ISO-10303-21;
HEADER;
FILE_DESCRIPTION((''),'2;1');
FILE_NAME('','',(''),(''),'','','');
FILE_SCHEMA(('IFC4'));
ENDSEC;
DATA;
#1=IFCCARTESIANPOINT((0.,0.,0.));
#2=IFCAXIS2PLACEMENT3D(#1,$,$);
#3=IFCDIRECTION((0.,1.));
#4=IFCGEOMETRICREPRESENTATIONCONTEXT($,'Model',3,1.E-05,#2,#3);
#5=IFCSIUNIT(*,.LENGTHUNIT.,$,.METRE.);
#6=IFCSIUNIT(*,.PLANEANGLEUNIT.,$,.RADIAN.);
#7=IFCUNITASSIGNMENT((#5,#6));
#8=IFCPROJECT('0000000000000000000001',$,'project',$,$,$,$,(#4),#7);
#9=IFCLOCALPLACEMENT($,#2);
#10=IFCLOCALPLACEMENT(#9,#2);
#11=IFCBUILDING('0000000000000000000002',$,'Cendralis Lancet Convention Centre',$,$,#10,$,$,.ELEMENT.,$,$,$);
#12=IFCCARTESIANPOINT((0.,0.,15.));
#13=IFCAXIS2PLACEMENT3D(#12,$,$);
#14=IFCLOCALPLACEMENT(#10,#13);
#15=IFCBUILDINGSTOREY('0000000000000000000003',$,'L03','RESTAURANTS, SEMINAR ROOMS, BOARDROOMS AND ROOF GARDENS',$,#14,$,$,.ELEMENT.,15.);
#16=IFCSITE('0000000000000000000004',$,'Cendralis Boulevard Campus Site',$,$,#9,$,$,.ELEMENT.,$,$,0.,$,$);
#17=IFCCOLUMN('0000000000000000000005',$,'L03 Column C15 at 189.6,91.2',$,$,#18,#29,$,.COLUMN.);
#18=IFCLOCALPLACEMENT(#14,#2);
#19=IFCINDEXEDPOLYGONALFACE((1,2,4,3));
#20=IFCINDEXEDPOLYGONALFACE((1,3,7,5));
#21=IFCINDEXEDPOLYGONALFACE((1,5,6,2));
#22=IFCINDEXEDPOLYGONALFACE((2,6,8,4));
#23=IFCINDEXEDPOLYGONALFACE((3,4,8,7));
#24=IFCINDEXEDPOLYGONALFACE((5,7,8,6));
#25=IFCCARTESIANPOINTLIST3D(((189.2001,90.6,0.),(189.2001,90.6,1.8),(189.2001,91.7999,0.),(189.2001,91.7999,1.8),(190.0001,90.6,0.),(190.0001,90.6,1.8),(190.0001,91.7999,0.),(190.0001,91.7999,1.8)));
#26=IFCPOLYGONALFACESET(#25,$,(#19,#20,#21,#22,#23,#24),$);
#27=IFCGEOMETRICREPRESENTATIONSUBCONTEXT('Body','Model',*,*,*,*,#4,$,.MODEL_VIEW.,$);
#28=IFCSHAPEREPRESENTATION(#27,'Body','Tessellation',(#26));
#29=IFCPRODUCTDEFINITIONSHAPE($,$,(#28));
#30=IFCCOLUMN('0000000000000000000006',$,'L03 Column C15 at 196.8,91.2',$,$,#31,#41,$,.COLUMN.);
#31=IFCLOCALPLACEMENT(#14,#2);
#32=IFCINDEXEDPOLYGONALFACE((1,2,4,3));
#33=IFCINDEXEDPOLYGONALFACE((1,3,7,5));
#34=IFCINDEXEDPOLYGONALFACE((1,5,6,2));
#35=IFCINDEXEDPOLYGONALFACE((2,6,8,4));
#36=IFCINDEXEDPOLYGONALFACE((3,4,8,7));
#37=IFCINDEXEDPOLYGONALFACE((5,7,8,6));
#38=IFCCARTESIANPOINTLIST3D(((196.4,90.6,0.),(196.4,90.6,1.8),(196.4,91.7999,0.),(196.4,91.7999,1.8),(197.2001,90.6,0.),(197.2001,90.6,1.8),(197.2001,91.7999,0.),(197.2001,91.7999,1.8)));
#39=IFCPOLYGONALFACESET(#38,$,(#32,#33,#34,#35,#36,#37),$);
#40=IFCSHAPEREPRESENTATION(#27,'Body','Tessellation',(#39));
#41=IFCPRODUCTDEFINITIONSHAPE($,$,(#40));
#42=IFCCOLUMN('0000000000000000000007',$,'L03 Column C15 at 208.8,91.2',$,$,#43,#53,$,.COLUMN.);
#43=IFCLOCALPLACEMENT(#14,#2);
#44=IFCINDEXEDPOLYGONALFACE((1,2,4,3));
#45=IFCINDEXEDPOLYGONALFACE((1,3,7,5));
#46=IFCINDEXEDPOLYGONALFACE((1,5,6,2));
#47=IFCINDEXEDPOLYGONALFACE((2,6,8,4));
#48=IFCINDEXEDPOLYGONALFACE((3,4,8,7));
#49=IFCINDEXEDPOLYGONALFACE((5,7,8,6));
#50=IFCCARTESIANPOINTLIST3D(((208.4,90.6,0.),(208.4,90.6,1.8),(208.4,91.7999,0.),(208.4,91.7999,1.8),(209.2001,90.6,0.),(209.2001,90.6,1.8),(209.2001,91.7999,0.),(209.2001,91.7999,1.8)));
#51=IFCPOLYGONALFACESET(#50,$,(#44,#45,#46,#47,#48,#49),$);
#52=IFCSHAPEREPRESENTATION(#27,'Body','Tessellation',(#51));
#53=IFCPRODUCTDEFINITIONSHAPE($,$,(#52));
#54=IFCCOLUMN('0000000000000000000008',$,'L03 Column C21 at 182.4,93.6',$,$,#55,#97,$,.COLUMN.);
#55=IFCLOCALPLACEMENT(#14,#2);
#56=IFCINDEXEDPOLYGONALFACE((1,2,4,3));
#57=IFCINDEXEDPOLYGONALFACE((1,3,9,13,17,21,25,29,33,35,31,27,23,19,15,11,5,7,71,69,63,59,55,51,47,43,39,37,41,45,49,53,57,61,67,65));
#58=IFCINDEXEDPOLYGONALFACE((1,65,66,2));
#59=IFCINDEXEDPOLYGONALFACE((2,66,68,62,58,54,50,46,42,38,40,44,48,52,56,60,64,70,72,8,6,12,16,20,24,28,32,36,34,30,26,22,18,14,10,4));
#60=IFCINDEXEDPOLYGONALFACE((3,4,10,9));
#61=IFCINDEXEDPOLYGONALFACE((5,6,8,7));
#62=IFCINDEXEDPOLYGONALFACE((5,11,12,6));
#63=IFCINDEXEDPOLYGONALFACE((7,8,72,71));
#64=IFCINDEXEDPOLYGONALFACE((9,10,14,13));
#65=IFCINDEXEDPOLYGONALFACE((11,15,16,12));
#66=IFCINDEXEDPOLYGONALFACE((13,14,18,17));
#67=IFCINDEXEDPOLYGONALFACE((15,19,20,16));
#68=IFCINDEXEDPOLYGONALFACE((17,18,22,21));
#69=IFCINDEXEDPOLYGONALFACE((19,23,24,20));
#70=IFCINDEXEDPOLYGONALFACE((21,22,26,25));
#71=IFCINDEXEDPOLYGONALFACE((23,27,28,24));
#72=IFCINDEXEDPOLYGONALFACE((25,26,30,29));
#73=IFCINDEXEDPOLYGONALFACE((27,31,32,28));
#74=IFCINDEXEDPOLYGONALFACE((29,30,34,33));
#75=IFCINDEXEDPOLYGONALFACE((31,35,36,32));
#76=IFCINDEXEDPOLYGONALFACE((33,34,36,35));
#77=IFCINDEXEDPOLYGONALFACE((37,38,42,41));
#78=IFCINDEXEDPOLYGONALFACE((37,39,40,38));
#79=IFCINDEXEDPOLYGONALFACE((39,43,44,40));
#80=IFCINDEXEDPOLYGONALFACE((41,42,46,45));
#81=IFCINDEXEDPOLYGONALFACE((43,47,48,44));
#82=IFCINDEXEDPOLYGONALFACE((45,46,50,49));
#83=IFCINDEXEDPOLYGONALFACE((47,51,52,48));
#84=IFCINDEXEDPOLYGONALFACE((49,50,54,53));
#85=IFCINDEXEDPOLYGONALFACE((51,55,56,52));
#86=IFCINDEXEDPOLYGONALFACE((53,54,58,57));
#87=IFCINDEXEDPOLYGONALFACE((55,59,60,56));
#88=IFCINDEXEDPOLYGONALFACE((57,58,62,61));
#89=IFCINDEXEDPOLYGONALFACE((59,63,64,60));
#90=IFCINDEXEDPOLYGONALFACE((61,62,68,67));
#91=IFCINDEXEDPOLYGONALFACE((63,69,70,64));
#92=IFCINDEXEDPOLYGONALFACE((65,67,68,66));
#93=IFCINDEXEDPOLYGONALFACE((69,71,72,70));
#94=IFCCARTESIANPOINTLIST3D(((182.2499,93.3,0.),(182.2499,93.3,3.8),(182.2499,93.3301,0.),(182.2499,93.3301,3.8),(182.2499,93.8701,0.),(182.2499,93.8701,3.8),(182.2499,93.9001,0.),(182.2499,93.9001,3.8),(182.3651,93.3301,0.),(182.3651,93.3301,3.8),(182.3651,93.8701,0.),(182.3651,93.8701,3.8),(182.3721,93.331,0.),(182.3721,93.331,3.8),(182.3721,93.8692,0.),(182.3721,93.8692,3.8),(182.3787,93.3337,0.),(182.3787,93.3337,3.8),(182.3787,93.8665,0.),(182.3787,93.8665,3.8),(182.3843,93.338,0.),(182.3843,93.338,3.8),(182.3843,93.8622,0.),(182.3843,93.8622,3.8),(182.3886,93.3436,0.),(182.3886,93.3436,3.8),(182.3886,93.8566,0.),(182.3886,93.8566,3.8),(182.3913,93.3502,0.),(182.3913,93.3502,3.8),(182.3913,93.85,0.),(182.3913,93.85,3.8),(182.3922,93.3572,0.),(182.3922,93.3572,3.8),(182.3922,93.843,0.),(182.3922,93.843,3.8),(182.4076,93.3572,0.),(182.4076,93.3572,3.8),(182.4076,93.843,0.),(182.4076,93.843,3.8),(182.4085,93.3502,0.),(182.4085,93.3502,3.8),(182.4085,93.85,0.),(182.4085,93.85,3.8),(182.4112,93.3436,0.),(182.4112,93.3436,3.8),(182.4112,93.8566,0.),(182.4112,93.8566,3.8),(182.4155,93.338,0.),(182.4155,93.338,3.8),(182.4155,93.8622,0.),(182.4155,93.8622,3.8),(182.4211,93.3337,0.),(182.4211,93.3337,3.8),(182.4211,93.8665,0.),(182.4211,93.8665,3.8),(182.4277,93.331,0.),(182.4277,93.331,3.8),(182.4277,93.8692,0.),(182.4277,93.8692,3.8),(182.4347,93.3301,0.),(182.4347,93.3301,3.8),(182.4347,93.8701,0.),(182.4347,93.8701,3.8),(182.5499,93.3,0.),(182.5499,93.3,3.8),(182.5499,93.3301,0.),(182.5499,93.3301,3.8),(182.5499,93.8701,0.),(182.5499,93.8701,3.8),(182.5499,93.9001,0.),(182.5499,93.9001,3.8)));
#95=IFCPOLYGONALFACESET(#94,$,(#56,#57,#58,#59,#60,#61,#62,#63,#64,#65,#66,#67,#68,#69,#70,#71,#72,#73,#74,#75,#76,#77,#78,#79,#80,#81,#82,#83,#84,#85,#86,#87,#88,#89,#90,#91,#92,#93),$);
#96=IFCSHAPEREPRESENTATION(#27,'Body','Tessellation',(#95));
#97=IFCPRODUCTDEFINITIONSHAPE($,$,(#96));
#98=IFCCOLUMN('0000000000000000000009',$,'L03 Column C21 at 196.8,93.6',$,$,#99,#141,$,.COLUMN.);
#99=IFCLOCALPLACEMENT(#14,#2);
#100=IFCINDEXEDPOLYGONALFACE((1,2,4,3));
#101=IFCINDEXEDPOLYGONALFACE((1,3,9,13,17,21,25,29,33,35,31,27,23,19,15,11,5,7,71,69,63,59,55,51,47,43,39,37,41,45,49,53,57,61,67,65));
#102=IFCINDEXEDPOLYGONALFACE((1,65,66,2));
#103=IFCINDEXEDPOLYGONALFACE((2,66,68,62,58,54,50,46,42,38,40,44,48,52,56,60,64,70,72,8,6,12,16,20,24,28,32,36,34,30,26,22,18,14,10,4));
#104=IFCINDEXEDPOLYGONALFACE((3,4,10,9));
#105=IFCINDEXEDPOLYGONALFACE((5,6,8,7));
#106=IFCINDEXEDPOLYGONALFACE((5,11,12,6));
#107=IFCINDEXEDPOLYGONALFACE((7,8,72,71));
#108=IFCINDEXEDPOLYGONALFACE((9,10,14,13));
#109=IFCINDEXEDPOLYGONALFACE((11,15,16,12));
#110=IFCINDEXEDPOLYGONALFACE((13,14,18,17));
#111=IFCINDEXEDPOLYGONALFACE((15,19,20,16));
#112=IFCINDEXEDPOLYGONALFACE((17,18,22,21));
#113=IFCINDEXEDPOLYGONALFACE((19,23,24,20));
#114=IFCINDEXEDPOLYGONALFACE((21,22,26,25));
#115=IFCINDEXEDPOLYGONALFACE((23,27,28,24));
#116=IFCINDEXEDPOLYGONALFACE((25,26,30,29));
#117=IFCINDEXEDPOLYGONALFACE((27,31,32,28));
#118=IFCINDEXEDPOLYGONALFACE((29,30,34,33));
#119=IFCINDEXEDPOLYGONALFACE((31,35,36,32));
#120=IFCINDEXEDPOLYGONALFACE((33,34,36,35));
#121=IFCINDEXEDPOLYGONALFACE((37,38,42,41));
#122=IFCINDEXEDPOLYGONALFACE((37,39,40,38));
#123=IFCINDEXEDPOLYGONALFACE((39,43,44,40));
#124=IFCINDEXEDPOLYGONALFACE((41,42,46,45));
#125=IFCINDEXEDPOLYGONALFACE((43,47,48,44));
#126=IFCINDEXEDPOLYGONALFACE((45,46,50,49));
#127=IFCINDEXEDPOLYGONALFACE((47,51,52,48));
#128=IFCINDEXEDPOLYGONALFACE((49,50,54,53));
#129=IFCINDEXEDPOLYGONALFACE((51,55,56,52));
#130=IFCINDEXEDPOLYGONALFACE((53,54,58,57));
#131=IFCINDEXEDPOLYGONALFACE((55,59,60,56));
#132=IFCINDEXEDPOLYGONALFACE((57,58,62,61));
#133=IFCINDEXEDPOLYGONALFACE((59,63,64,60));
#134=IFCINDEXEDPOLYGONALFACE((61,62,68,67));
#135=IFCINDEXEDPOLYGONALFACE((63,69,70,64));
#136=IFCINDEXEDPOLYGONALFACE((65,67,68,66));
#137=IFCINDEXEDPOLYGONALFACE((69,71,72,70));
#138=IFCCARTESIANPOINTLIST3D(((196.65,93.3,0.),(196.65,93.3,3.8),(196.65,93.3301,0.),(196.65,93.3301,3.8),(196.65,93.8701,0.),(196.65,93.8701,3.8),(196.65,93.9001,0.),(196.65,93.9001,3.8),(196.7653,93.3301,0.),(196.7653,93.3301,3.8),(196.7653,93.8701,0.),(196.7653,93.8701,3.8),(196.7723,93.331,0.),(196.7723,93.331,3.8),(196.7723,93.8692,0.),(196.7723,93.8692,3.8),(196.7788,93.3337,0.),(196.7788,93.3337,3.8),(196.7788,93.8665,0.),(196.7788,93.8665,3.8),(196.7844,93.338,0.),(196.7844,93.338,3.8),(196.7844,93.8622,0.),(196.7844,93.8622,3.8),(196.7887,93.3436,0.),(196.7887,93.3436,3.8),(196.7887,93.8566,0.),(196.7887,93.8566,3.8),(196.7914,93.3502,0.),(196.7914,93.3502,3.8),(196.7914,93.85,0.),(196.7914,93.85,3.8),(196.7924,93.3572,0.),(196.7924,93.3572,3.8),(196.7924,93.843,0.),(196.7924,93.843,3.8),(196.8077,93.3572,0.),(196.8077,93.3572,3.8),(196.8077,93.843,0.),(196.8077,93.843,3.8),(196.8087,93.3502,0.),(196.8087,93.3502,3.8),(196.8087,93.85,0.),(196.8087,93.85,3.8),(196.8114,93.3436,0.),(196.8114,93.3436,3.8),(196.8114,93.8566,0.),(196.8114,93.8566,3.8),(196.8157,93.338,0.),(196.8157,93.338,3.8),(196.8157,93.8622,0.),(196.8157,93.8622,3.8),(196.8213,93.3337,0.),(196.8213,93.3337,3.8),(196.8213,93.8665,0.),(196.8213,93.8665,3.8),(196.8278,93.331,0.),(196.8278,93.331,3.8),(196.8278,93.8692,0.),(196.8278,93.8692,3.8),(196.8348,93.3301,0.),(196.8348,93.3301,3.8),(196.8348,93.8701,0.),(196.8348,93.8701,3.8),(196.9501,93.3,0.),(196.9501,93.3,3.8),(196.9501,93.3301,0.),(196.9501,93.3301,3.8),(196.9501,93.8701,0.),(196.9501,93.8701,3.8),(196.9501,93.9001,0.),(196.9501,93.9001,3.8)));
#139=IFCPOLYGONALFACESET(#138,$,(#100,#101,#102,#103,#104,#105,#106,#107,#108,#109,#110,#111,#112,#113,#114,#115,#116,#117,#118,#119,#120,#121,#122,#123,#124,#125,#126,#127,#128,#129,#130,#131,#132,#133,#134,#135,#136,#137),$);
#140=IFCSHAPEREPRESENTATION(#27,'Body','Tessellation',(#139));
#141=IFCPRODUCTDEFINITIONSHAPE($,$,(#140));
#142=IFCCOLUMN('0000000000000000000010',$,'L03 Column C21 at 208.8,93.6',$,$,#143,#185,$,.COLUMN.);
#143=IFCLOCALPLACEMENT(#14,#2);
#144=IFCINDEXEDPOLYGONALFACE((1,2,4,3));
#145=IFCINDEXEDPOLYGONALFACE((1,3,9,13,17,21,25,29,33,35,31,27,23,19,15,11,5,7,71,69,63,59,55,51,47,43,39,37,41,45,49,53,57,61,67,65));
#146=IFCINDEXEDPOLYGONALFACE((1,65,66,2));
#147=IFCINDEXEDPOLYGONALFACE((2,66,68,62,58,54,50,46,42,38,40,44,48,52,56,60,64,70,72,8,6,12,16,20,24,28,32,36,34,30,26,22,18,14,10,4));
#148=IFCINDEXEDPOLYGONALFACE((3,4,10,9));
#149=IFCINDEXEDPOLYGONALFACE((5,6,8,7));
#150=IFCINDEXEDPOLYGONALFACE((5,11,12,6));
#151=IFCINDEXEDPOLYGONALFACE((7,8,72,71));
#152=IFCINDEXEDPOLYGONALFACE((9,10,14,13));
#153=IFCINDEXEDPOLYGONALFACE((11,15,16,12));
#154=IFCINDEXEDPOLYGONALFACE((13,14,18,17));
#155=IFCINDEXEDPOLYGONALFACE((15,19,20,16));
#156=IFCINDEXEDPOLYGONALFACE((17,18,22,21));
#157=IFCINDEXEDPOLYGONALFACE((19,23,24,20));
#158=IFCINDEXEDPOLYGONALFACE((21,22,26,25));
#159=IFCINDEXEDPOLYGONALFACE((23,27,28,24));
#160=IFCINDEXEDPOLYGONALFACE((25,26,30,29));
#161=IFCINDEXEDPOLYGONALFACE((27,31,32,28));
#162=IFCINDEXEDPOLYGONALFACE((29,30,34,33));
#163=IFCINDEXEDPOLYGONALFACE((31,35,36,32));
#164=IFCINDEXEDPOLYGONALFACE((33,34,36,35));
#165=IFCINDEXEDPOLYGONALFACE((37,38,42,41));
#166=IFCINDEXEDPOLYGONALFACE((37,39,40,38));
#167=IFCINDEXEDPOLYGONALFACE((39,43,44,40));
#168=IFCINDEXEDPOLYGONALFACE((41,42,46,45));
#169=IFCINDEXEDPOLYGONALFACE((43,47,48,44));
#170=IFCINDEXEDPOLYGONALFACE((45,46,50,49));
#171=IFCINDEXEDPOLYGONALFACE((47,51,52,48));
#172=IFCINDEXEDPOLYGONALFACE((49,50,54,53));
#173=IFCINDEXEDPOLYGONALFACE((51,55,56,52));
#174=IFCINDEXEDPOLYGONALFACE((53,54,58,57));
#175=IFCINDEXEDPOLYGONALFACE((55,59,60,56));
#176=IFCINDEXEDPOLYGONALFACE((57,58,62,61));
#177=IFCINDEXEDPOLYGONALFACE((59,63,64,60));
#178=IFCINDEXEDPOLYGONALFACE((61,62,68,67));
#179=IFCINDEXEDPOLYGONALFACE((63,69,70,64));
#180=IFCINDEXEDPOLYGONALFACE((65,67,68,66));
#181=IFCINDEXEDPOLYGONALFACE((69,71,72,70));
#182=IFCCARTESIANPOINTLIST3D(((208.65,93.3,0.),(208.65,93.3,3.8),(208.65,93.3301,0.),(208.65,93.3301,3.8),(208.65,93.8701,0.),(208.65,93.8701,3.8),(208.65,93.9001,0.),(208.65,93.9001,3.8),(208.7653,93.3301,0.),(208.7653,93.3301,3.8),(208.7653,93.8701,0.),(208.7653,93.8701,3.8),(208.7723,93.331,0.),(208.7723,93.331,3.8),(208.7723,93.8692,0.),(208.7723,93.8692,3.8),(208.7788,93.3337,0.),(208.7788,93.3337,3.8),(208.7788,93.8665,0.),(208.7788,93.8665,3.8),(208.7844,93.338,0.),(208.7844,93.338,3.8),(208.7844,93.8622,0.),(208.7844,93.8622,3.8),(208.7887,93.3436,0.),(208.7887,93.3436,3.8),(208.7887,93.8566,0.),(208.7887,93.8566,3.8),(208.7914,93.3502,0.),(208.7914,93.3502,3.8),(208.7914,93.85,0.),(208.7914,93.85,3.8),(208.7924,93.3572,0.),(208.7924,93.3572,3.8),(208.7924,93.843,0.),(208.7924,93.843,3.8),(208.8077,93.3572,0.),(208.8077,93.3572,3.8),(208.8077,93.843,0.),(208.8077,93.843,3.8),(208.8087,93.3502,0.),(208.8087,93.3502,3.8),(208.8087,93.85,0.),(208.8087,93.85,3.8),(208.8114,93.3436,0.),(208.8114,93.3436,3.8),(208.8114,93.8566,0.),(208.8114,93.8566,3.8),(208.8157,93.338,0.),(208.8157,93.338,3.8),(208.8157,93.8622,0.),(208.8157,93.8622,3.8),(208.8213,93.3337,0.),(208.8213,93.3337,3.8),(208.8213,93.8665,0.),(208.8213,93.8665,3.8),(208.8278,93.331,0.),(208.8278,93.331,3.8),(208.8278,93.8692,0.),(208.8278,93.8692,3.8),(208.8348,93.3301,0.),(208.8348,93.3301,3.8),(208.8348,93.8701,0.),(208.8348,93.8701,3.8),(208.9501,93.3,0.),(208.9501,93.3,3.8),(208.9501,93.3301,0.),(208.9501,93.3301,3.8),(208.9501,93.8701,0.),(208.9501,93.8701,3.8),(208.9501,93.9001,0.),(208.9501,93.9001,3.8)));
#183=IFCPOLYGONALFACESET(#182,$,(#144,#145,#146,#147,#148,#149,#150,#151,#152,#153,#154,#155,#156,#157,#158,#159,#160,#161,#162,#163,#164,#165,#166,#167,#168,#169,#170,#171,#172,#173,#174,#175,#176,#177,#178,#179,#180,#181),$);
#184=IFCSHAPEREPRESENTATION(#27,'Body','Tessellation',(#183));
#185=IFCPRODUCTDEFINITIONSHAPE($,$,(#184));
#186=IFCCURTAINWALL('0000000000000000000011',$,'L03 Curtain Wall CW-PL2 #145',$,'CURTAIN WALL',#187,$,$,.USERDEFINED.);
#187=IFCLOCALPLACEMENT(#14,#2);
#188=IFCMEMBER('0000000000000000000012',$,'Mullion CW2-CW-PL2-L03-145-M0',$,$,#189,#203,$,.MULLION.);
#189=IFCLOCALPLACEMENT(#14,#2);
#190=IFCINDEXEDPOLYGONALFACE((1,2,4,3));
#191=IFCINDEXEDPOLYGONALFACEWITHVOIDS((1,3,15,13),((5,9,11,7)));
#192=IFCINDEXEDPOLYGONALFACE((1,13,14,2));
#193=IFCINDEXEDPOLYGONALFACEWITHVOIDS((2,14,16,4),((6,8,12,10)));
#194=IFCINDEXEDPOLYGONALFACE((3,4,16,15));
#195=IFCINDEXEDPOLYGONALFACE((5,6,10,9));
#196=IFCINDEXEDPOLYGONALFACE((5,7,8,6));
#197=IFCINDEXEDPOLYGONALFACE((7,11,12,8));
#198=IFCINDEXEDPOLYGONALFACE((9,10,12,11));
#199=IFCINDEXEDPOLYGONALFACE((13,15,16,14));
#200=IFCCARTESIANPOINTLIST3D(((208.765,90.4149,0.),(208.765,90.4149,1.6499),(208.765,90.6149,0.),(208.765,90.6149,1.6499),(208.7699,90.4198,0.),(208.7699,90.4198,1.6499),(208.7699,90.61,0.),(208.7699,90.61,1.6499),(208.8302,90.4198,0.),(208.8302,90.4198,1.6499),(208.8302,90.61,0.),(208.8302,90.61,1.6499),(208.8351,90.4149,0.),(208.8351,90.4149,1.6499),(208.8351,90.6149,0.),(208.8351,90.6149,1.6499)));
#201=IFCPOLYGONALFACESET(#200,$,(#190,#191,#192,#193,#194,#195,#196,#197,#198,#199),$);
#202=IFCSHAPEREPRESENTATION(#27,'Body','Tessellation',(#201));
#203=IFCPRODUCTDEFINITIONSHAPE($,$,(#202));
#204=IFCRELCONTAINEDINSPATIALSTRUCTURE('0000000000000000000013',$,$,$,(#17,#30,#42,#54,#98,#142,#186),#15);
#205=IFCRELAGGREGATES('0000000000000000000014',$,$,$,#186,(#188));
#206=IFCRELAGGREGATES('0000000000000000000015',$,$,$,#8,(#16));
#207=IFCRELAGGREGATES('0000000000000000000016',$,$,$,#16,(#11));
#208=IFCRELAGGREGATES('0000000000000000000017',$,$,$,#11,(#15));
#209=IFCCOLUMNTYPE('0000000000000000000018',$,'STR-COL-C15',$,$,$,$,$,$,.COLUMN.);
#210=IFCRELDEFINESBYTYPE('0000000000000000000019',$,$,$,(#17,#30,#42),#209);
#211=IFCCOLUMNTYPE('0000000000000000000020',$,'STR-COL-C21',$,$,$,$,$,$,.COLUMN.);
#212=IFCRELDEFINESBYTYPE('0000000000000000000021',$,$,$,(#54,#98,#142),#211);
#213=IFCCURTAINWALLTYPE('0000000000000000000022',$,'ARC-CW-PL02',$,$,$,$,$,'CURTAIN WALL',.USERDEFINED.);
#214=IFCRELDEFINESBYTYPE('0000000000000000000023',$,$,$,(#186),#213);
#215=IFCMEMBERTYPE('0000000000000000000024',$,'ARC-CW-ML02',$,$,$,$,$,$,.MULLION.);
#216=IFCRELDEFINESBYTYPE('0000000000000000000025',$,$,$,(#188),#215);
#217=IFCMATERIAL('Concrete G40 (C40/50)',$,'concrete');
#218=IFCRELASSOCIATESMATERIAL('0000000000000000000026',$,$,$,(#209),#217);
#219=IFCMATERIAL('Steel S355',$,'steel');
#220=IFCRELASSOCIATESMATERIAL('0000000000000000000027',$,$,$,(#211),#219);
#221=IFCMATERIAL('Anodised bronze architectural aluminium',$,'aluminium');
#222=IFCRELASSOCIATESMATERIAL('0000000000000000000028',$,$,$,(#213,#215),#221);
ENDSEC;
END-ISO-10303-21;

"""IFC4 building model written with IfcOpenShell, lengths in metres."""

from ifc_helpers import new_model, si_unit, direction, frame, origin, origin_2d, place, context, subcontext, project, spatial, rectangle, hollow_rectangle, i_section, extrude, material, material_profile, profile_set, type_object, element, aggregate, save


model = new_model("IFC4")

# Units and contexts
model_context = context("Model", 3, precision=1e-05, world=origin(), true_north=direction((0.0, 1.0)))
body_context = subcontext(model_context, "Body", "Model", "MODEL_VIEW")
ifc_project = project(units=[si_unit("LENGTHUNIT", "METRE"), si_unit("PLANEANGLEUNIT", "RADIAN")], contexts=[model_context])

# Site, building, storey
site_placement = place(None, origin())
site = spatial("IfcSite", under=ifc_project, at=site_placement, Name="Cendralis Boulevard Campus Site", CompositionType="ELEMENT", RefElevation=0.0)
building_placement = place(site_placement, origin())
building = spatial("IfcBuilding", under=site, at=building_placement, Name="Cendralis Lancet Convention Centre", CompositionType="ELEMENT")
storey_placement = place(building_placement, frame((0.0, 0.0, 15.0)))
storey = spatial("IfcBuildingStorey", under=building, at=storey_placement, Name="L03", Description="RESTAURANTS, SEMINAR ROOMS, BOARDROOMS AND ROOF GARDENS", CompositionType="ELEMENT", Elevation=15.0)

# Columns
ifc_material_1 = material(Name="Concrete G40 (C40/50)", Category="concrete")
ifc_material_profile_1 = material_profile(ifc_material_1, rectangle(XDim=0.8, YDim=1.2, at=origin_2d()), Name="RC 800x1200")
ifc_profile_set_1 = profile_set([ifc_material_profile_1], Name="Concrete G40 (C40/50)")
column_type_1 = type_object("IfcColumnType", Name="STR-COL-C15", PredefinedType="COLUMN", material=ifc_profile_set_1)
for number, where, z_axis, x_axis, name in (
    (1, (189.6001, 91.2, 0.0), (0.0, 0.0, 1.0), (1.0, 0.0, 0.0), "L03 Column C15 at 189.6,91.2"),
    (2, (196.8, 91.2, 0.0), (0.0, 0.0, 1.0), (1.0, 0.0, 0.0), "L03 Column C15 at 196.8,91.2"),
    (3, (208.8, 91.2, 0.0), (0.0, 0.0, 1.0), (1.0, 0.0, 0.0), "L03 Column C15 at 208.8,91.2"),
):
    element("IfcColumn", number, at=place(storey_placement, frame(where, z_axis=z_axis, x_axis=x_axis)), inside=storey, type_object=column_type_1, Name=name, PredefinedType="COLUMN", context=body_context, shape_type="SweptSolid", body=[
        extrude(rectangle(XDim=0.8, YDim=1.2, at=origin_2d()), origin(), (0.0, 0.0, 1.0), 1.8),
    ])
ifc_material_2 = material(Name="Steel S355", Category="steel")
ifc_material_profile_2 = material_profile(ifc_material_2, i_section(OverallWidth=0.3, OverallDepth=0.6001, WebThickness=0.0154, FlangeThickness=0.03, FilletRadius=0.0271, at=origin_2d()), Name="HEB 600")
ifc_profile_set_2 = profile_set([ifc_material_profile_2], Name="Steel S355")
column_type_2 = type_object("IfcColumnType", Name="STR-COL-C21", PredefinedType="COLUMN", material=ifc_profile_set_2)
for number, where, z_axis, x_axis, name in (
    (4, (182.3999, 93.6001, 0.0), (0.0, 0.0, 1.0), (1.0, 0.0, 0.0), "L03 Column C21 at 182.4,93.6"),
    (5, (196.8, 93.6001, 0.0), (0.0, 0.0, 1.0), (1.0, 0.0, 0.0), "L03 Column C21 at 196.8,93.6"),
    (6, (208.8, 93.6001, 0.0), (0.0, 0.0, 1.0), (1.0, 0.0, 0.0), "L03 Column C21 at 208.8,93.6"),
):
    element("IfcColumn", number, at=place(storey_placement, frame(where, z_axis=z_axis, x_axis=x_axis)), inside=storey, type_object=column_type_2, Name=name, PredefinedType="COLUMN", context=body_context, shape_type="SweptSolid", body=[
        extrude(i_section(OverallWidth=0.3, OverallDepth=0.6001, WebThickness=0.0154, FlangeThickness=0.03, FilletRadius=0.0271, at=origin_2d()), origin(), (0.0, 0.0, 1.0), 3.8),
    ])

# Curtain wall, member
ifc_material_3 = material(Name="Anodised bronze architectural aluminium", Category="aluminium")
curtain_wall_type = type_object("IfcCurtainWallType", Name="ARC-CW-PL02", ElementType="CURTAIN WALL", PredefinedType="USERDEFINED", material=ifc_material_3)
curtain_wall_placement = place(storey_placement, origin())
curtain_wall = element("IfcCurtainWall", 7, at=curtain_wall_placement, inside=storey, type_object=curtain_wall_type, Name="L03 Curtain Wall CW-PL2 #145", ObjectType="CURTAIN WALL", PredefinedType="USERDEFINED")
ifc_material_profile_3 = material_profile(ifc_material_3, hollow_rectangle(XDim=0.0701, YDim=0.2, WallThickness=0.0049, at=origin_2d()), Name="AL-MULL 70x200x5.0")
ifc_profile_set_3 = profile_set([ifc_material_profile_3], Name="Anodised bronze architectural aluminium")
member_type_1 = type_object("IfcMemberType", Name="ARC-CW-ML02", PredefinedType="MULLION", material=ifc_profile_set_3)
member_1_placement = place(storey_placement, frame((208.8, 90.5149, 0.0), z_axis=(0.0, 0.0, 1.0), x_axis=(1.0, 0.0, 0.0)))
member_1 = element("IfcMember", 8, at=member_1_placement, type_object=member_type_1, Name="Mullion CW2-CW-PL2-L03-145-M0", PredefinedType="MULLION", context=body_context, shape_type="SweptSolid", body=[
    extrude(hollow_rectangle(XDim=0.0701, YDim=0.2, WallThickness=0.0049, at=origin_2d()), origin(), (0.0, 0.0, 1.0), 1.6499),
])
aggregate(curtain_wall, [member_1])

save(model, "model.ifc")
